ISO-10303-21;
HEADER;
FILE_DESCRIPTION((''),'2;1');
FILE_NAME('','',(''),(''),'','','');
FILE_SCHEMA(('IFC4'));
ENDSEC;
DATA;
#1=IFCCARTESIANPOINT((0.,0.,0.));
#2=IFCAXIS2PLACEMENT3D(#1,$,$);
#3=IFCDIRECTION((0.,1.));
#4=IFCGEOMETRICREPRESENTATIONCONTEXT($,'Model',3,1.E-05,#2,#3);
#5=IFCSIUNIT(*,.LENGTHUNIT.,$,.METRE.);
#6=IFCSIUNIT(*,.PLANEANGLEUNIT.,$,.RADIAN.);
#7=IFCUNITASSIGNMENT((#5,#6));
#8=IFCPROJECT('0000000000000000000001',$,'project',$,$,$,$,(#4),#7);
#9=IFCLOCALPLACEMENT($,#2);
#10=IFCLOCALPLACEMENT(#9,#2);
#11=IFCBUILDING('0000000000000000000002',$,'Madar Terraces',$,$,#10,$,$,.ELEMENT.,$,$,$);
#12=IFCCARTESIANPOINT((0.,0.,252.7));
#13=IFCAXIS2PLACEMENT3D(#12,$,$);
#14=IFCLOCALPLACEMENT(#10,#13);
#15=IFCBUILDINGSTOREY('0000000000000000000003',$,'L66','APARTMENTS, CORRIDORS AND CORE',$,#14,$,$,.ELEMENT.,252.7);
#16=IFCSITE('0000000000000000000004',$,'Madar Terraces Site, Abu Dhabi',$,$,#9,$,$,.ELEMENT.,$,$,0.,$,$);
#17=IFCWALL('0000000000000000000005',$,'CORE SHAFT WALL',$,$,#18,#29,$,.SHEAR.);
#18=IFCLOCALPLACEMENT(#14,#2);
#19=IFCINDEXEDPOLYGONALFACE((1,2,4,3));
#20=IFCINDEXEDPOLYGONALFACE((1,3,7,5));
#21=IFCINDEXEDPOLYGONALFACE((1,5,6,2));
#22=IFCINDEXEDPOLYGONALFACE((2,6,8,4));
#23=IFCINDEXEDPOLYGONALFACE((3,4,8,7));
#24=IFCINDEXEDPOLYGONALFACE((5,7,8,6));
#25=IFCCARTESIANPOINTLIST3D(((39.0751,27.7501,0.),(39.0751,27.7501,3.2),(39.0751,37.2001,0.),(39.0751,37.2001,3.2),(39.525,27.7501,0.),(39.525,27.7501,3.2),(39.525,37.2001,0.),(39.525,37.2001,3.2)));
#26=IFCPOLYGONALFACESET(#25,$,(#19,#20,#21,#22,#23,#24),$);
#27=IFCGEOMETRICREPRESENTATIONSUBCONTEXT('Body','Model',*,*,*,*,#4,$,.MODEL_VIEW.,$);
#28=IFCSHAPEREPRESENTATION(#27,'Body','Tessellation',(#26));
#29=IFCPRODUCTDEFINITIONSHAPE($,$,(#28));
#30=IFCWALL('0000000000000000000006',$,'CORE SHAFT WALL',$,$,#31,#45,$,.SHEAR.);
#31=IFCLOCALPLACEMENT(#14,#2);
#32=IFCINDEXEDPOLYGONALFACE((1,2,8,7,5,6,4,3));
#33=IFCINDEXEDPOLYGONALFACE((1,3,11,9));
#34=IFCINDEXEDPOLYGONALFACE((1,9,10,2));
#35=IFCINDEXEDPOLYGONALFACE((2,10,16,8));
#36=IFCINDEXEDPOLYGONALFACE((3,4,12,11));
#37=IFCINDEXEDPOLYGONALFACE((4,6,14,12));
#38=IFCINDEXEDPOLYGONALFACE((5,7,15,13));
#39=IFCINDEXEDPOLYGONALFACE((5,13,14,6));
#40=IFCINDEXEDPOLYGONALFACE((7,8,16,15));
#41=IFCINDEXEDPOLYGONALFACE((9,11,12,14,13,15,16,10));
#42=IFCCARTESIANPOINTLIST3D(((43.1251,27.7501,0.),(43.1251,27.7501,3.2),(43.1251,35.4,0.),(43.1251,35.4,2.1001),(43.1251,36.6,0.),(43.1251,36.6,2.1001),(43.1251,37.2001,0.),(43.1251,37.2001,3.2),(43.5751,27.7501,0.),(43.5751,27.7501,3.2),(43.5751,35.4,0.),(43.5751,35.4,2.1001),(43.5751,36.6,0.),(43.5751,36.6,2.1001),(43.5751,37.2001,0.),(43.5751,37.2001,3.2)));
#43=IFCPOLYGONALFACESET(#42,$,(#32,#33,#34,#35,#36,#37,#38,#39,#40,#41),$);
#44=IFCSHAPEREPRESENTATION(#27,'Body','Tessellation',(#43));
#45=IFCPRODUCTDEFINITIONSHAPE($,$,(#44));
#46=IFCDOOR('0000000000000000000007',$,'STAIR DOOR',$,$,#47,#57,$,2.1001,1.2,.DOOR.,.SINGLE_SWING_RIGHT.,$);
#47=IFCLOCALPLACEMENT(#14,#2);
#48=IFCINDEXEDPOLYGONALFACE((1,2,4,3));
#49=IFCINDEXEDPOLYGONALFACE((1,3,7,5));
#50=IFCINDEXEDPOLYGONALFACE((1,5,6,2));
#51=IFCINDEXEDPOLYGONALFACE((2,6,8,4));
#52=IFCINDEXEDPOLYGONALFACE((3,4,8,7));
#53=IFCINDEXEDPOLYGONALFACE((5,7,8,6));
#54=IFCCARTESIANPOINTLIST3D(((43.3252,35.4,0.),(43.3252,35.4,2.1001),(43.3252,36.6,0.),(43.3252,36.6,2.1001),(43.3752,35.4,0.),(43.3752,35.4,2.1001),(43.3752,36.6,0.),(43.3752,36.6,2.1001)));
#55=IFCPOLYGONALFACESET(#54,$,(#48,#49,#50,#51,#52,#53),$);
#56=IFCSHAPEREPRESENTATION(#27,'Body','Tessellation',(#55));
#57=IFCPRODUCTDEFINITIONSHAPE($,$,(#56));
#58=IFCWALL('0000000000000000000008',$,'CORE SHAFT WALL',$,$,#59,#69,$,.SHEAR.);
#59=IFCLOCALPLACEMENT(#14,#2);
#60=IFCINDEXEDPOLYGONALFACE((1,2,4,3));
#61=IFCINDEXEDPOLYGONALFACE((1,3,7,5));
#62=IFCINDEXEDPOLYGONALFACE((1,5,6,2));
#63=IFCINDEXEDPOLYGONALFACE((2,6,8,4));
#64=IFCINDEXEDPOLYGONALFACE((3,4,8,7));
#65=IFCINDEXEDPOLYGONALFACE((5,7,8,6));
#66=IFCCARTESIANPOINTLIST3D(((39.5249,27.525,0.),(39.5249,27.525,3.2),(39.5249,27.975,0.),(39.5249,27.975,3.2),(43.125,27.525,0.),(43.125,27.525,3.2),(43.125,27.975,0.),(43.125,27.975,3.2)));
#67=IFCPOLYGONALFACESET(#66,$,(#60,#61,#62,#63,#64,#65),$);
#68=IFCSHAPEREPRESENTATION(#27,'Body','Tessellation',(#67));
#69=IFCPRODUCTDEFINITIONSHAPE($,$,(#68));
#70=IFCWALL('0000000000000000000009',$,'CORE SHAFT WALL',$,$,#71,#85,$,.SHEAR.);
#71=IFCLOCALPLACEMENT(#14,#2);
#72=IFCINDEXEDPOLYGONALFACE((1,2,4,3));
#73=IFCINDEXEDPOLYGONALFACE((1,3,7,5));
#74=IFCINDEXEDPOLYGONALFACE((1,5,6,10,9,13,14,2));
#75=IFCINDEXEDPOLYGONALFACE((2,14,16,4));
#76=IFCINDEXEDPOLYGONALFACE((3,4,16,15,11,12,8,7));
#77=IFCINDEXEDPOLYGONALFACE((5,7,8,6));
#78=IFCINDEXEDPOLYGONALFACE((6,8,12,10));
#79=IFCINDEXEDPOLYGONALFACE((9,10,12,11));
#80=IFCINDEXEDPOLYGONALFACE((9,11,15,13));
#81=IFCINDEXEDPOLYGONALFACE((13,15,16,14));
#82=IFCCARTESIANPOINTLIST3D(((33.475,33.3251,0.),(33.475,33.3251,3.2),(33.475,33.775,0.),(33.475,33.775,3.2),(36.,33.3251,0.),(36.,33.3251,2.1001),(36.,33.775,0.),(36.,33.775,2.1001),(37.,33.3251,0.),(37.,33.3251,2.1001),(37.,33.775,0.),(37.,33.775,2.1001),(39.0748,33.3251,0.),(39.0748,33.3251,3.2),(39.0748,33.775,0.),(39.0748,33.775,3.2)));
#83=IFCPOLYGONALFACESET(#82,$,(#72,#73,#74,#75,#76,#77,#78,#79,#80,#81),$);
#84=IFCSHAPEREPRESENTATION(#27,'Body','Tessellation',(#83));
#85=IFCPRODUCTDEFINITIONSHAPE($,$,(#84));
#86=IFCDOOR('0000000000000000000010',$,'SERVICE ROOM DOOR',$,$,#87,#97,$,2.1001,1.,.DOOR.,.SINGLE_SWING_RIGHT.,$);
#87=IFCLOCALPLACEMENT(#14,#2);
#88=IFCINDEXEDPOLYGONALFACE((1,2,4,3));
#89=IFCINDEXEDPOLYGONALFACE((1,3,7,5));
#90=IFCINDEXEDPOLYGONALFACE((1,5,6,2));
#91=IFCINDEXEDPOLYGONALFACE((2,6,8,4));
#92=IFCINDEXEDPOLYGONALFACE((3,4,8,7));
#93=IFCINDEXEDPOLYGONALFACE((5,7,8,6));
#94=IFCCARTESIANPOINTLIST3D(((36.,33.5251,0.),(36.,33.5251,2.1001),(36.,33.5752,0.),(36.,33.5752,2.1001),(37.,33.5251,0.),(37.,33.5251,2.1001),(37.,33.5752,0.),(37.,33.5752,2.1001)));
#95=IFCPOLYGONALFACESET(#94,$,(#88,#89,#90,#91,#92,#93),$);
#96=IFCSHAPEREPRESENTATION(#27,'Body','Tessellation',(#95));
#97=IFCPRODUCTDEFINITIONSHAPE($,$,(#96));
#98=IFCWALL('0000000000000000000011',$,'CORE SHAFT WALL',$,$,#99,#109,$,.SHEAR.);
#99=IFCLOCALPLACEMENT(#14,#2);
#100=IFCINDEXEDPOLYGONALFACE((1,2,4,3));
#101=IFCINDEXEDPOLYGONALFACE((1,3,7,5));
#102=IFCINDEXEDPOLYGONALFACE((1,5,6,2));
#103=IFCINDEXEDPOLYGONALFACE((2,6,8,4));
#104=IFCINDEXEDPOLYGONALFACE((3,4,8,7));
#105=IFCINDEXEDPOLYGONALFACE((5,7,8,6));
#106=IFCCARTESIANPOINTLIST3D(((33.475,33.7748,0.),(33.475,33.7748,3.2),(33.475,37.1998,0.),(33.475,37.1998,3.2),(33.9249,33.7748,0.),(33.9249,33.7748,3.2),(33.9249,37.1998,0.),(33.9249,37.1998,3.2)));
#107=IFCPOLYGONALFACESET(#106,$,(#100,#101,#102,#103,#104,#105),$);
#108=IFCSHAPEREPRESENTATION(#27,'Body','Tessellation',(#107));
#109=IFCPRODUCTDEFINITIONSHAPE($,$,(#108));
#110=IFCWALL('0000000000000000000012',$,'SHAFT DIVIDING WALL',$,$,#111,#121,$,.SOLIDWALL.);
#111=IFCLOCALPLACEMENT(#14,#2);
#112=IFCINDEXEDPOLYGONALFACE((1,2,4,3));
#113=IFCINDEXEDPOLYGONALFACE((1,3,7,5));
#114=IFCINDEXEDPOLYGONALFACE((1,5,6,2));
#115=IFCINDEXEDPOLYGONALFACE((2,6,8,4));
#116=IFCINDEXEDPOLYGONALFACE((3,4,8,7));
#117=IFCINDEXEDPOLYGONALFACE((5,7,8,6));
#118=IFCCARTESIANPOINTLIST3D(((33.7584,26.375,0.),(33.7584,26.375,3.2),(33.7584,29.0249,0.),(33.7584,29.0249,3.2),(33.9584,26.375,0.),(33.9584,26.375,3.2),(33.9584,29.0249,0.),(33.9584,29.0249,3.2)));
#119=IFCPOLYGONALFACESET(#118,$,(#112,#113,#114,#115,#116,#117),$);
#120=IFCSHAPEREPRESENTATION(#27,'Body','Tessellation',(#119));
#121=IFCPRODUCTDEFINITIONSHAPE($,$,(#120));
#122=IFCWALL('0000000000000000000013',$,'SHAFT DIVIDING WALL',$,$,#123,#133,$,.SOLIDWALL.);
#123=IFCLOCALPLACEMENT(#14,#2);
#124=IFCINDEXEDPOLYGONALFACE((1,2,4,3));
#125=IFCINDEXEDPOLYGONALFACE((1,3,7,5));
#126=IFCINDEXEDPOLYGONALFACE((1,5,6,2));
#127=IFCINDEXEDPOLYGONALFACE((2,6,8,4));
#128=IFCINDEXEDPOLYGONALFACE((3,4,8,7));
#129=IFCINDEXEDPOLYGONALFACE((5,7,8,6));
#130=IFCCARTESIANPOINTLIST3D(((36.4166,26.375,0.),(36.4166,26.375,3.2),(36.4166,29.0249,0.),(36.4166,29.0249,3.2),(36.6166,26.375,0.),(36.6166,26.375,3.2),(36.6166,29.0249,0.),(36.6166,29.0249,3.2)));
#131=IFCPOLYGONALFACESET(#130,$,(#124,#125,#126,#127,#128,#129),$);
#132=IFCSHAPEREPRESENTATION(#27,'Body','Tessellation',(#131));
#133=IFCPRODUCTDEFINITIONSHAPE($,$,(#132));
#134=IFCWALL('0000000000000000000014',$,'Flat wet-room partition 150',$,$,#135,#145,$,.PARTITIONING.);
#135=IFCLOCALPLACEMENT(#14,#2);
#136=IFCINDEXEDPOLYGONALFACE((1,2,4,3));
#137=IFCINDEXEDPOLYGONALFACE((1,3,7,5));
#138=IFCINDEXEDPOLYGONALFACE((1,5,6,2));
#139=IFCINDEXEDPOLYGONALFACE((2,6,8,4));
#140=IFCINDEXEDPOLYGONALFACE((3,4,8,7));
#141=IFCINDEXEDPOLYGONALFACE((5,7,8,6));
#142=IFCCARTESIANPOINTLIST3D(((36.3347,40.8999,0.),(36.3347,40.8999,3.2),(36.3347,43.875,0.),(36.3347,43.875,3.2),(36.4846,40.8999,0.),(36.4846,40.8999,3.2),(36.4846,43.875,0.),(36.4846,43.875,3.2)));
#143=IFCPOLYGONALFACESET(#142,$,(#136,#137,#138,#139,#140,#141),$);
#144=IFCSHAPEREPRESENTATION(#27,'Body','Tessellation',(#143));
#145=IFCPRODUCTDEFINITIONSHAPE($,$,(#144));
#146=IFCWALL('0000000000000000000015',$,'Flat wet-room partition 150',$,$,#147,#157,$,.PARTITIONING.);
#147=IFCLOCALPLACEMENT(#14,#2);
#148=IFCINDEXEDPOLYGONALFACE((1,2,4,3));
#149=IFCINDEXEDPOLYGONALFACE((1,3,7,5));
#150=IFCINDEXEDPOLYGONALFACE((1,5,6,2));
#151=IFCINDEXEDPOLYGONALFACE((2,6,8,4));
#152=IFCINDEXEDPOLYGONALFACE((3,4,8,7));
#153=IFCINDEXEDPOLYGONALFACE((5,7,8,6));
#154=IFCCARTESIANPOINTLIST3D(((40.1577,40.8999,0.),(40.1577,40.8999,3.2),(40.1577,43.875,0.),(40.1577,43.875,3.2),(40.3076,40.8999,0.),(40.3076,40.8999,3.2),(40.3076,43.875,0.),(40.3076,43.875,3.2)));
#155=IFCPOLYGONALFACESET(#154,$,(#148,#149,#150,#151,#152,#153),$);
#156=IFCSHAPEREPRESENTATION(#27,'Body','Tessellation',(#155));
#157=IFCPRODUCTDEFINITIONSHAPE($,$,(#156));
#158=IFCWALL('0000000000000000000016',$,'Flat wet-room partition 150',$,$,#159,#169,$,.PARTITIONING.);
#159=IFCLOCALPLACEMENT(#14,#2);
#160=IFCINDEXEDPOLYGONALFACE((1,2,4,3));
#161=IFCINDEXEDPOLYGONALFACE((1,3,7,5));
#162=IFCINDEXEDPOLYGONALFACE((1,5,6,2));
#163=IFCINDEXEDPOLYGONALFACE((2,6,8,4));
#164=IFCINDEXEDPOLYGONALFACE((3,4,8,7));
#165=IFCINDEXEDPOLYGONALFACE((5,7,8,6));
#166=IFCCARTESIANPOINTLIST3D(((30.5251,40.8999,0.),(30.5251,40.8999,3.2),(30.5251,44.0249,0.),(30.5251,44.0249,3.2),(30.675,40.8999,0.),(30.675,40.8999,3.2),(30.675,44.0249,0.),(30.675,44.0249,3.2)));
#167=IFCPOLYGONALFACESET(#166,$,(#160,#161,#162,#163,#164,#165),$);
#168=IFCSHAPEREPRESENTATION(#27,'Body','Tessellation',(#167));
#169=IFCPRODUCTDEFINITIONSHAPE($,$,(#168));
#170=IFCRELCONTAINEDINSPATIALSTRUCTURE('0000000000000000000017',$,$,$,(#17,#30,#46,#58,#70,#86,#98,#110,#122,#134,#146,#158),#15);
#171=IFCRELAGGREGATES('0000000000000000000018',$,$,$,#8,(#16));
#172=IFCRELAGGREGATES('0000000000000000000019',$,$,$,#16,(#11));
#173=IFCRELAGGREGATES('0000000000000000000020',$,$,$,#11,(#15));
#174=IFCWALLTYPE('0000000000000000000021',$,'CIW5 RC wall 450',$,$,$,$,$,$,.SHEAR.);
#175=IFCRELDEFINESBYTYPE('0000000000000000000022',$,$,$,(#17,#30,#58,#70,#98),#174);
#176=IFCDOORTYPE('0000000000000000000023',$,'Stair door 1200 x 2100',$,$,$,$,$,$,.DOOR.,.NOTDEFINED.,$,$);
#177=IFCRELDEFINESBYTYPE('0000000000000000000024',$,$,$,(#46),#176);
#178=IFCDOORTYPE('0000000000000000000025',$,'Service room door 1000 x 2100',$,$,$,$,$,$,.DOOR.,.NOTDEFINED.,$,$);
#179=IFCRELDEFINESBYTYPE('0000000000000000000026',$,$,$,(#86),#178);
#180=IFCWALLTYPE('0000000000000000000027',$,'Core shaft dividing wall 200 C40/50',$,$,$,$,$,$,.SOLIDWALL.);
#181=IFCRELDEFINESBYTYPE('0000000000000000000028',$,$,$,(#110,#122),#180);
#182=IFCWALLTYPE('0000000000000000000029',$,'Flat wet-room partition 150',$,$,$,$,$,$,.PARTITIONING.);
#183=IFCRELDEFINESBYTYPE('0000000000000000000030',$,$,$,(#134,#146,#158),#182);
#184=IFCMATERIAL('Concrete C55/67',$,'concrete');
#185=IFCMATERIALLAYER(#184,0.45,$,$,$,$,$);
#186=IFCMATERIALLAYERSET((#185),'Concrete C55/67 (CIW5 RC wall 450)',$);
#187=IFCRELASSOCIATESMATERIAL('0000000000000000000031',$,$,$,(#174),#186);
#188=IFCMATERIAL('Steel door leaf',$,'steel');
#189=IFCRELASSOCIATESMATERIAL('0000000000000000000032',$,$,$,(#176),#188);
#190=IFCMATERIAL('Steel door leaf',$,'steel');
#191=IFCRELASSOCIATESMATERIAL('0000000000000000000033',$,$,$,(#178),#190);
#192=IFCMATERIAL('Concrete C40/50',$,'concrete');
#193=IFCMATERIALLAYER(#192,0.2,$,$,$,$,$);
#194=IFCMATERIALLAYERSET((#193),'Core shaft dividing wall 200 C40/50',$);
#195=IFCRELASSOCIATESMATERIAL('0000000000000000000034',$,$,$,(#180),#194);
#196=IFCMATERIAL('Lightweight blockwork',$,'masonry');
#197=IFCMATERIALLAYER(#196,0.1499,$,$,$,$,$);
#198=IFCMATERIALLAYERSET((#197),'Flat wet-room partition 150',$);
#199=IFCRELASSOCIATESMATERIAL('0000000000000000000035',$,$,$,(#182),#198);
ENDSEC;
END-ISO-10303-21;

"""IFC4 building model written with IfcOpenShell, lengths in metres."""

from ifc_helpers import new_model, si_unit, direction, frame, frame_2d, origin, place, context, subcontext, project, spatial, rectangle, extrude, material, layer, layer_set, type_object, element, fill, save


model = new_model("IFC4")

# Units and contexts
model_context = context("Model", 3, precision=1e-05, world=origin(), true_north=direction((0.0, 1.0)))
body_context = subcontext(model_context, "Body", "Model", "MODEL_VIEW")
ifc_project = project(units=[si_unit("LENGTHUNIT", "METRE"), si_unit("PLANEANGLEUNIT", "RADIAN")], contexts=[model_context])

# Site, building, storey
site_placement = place(None, origin())
site = spatial("IfcSite", under=ifc_project, at=site_placement, Name="Madar Terraces Site, Abu Dhabi", CompositionType="ELEMENT", RefElevation=0.0)
building_placement = place(site_placement, origin())
building = spatial("IfcBuilding", under=site, at=building_placement, Name="Madar Terraces", CompositionType="ELEMENT")
storey_placement = place(building_placement, frame((0.0, 0.0, 252.7)))
storey = spatial("IfcBuildingStorey", under=building, at=storey_placement, Name="L66", Description="APARTMENTS, CORRIDORS AND CORE", CompositionType="ELEMENT", Elevation=252.7)

# Wall
ifc_material_1 = material(Name="Concrete C55/67", Category="concrete")
ifc_layer_1 = layer(ifc_material_1, 0.45)
ifc_layer_set_1 = layer_set([ifc_layer_1], Name="Concrete C55/67 (CIW5 RC wall 450)")
wall_type_1 = type_object("IfcWallType", Name="CIW5 RC wall 450", PredefinedType="SHEAR", material=ifc_layer_set_1)
wall_1_placement = place(storey_placement, frame((39.3, 27.75, 0.0), z_axis=(0.0, 0.0, 1.0), x_axis=(0.0, 1.0, 0.0)))
element("IfcWall", 1, at=wall_1_placement, inside=storey, type_object=wall_type_1, Name="CORE SHAFT WALL", PredefinedType="SHEAR", context=body_context, shape_type="SweptSolid", body=[
    extrude(rectangle(XDim=9.45, YDim=0.45, at=frame_2d((4.7251, 0.0))), origin(), (0.0, 0.0, 1.0), 3.2),
])

# Wall, opening, door
wall_2_placement = place(storey_placement, frame((43.3501, 27.75, 0.0), z_axis=(0.0, 0.0, 1.0), x_axis=(0.0, 1.0, 0.0)))
wall_2 = element("IfcWall", 2, at=wall_2_placement, inside=storey, type_object=wall_type_1, Name="CORE SHAFT WALL", PredefinedType="SHEAR", context=body_context, shape_type="SweptSolid", body=[
    extrude(rectangle(XDim=9.45, YDim=0.45, at=frame_2d((4.7251, 0.0))), origin(), (0.0, 0.0, 1.0), 3.2),
])
opening_1_placement = place(wall_2_placement, frame((7.6499, 0.0, 0.0)))
opening_1 = element("IfcOpeningElement", 3, at=opening_1_placement, cuts=wall_2, PredefinedType="OPENING", context=body_context, shape_type="SweptSolid", body=[
    extrude(rectangle(XDim=1.2, YDim=2.1001, at=frame_2d((0.6001, 1.05))), frame((0.0, 0.2349, 0.0), z_axis=(0.0, -1.0, 0.0), x_axis=(1.0, 0.0, 0.0)), (0.0, 0.0, 1.0), 0.47),
])
ifc_material_2 = material(Name="Steel door leaf", Category="steel")
door_type_1 = type_object("IfcDoorType", Name="Stair door 1200 x 2100", OperationType="NOTDEFINED", PredefinedType="DOOR", material=ifc_material_2)
door_1_placement = place(opening_1_placement, origin())
door_1 = element("IfcDoor", 4, at=door_1_placement, inside=storey, type_object=door_type_1, Name="STAIR DOOR", OperationType="SINGLE_SWING_RIGHT", OverallHeight=2.1001, OverallWidth=1.2, PredefinedType="DOOR", context=body_context, shape_type="SweptSolid", body=[
    extrude(rectangle(XDim=1.2, YDim=2.1001, at=frame_2d((0.6001, 1.05))), frame((0.0, 0.0249, 0.0), z_axis=(0.0, -1.0, 0.0), x_axis=(1.0, 0.0, 0.0)), (0.0, 0.0, 1.0), 0.05),
])
fill(opening_1, door_1)

# Wall
wall_3_placement = place(storey_placement, frame((39.5249, 27.75, 0.0), z_axis=(0.0, 0.0, 1.0), x_axis=(1.0, 0.0, 0.0)))
element("IfcWall", 5, at=wall_3_placement, inside=storey, type_object=wall_type_1, Name="CORE SHAFT WALL", PredefinedType="SHEAR", context=body_context, shape_type="SweptSolid", body=[
    extrude(rectangle(XDim=3.6001, YDim=0.45, at=frame_2d((1.8, 0.0))), origin(), (0.0, 0.0, 1.0), 3.2),
])

# Wall, opening, door
wall_4_placement = place(storey_placement, frame((33.4751, 33.55, 0.0), z_axis=(0.0, 0.0, 1.0), x_axis=(1.0, 0.0, 0.0)))
wall_4 = element("IfcWall", 6, at=wall_4_placement, inside=storey, type_object=wall_type_1, Name="CORE SHAFT WALL", PredefinedType="SHEAR", context=body_context, shape_type="SweptSolid", body=[
    extrude(rectangle(XDim=5.5999, YDim=0.45, at=frame_2d((2.7998, 0.0))), origin(), (0.0, 0.0, 1.0), 3.2),
])
opening_2_placement = place(wall_4_placement, frame((2.5249, 0.0, 0.0)))
opening_2 = element("IfcOpeningElement", 7, at=opening_2_placement, cuts=wall_4, PredefinedType="OPENING", context=body_context, shape_type="SweptSolid", body=[
    extrude(rectangle(XDim=1.0, YDim=2.1001, at=frame_2d((0.5, 1.05))), frame((0.0, 0.2349, 0.0), z_axis=(0.0, -1.0, 0.0), x_axis=(1.0, 0.0, 0.0)), (0.0, 0.0, 1.0), 0.47),
])
ifc_material_3 = material(Name="Steel door leaf", Category="steel")
door_type_2 = type_object("IfcDoorType", Name="Service room door 1000 x 2100", OperationType="NOTDEFINED", PredefinedType="DOOR", material=ifc_material_3)
door_2_placement = place(opening_2_placement, frame((1.0, 0.0, 0.0), z_axis=(0.0, 0.0, 1.0), x_axis=(-1.0, 0.0, 0.0)))
door_2 = element("IfcDoor", 8, at=door_2_placement, inside=storey, type_object=door_type_2, Name="SERVICE ROOM DOOR", OperationType="SINGLE_SWING_RIGHT", OverallHeight=2.1001, OverallWidth=1.0, PredefinedType="DOOR", context=body_context, shape_type="SweptSolid", body=[
    extrude(rectangle(XDim=1.0, YDim=2.1001, at=frame_2d((0.5, 1.05))), frame((0.0, 0.0249, 0.0), z_axis=(0.0, -1.0, 0.0), x_axis=(1.0, 0.0, 0.0)), (0.0, 0.0, 1.0), 0.05),
])
fill(opening_2, door_2)

# Walls
wall_5_placement = place(storey_placement, frame((33.7, 33.7749, 0.0), z_axis=(0.0, 0.0, 1.0), x_axis=(0.0, 1.0, 0.0)))
element("IfcWall", 9, at=wall_5_placement, inside=storey, type_object=wall_type_1, Name="CORE SHAFT WALL", PredefinedType="SHEAR", context=body_context, shape_type="SweptSolid", body=[
    extrude(rectangle(XDim=3.425, YDim=0.45, at=frame_2d((1.7124, 0.0))), origin(), (0.0, 0.0, 1.0), 3.2),
])
ifc_material_4 = material(Name="Concrete C40/50", Category="concrete")
ifc_layer_2 = layer(ifc_material_4, 0.2)
ifc_layer_set_2 = layer_set([ifc_layer_2], Name="Core shaft dividing wall 200 C40/50")
wall_type_2 = type_object("IfcWallType", Name="Core shaft dividing wall 200 C40/50", PredefinedType="SOLIDWALL", material=ifc_layer_set_2)
for number, where, z_axis, x_axis, name in (
    (10, (33.8584, 26.375, 0.0), (0.0, 0.0, 1.0), (0.0, 1.0, 0.0), "SHAFT DIVIDING WALL"),
    (11, (36.5166, 26.375, 0.0), (0.0, 0.0, 1.0), (0.0, 1.0, 0.0), "SHAFT DIVIDING WALL"),
):
    element("IfcWall", number, at=place(storey_placement, frame(where, z_axis=z_axis, x_axis=x_axis)), inside=storey, type_object=wall_type_2, Name=name, PredefinedType="SOLIDWALL", context=body_context, shape_type="SweptSolid", body=[
        extrude(rectangle(XDim=2.6499, YDim=0.2, at=frame_2d((1.325, 0.0))), origin(), (0.0, 0.0, 1.0), 3.2),
    ])
ifc_material_5 = material(Name="Lightweight blockwork", Category="masonry")
ifc_layer_3 = layer(ifc_material_5, 0.1499)
ifc_layer_set_3 = layer_set([ifc_layer_3], Name="Flat wet-room partition 150")
wall_type_3 = type_object("IfcWallType", Name="Flat wet-room partition 150", PredefinedType="PARTITIONING", material=ifc_layer_set_3)
for number, where, z_axis, x_axis, name in (
    (12, (36.4097, 40.8999, 0.0), (0.0, 0.0, 1.0), (0.0, 1.0, 0.0), "Flat wet-room partition 150"),
    (13, (40.2327, 40.8999, 0.0), (0.0, 0.0, 1.0), (0.0, 1.0, 0.0), "Flat wet-room partition 150"),
):
    element("IfcWall", number, at=place(storey_placement, frame(where, z_axis=z_axis, x_axis=x_axis)), inside=storey, type_object=wall_type_3, Name=name, PredefinedType="PARTITIONING", context=body_context, shape_type="SweptSolid", body=[
        extrude(rectangle(XDim=2.9751, YDim=0.1499, at=frame_2d((1.4875, 0.0))), origin(), (0.0, 0.0, 1.0), 3.2),
    ])
wall_6_placement = place(storey_placement, frame((30.6001, 40.8999, 0.0), z_axis=(0.0, 0.0, 1.0), x_axis=(0.0, 1.0, 0.0)))
element("IfcWall", 14, at=wall_6_placement, inside=storey, type_object=wall_type_3, Name="Flat wet-room partition 150", PredefinedType="PARTITIONING", context=body_context, shape_type="SweptSolid", body=[
    extrude(rectangle(XDim=3.125, YDim=0.1499, at=frame_2d((1.5625, 0.0))), origin(), (0.0, 0.0, 1.0), 3.2),
])

save(model, "model.ifc")
